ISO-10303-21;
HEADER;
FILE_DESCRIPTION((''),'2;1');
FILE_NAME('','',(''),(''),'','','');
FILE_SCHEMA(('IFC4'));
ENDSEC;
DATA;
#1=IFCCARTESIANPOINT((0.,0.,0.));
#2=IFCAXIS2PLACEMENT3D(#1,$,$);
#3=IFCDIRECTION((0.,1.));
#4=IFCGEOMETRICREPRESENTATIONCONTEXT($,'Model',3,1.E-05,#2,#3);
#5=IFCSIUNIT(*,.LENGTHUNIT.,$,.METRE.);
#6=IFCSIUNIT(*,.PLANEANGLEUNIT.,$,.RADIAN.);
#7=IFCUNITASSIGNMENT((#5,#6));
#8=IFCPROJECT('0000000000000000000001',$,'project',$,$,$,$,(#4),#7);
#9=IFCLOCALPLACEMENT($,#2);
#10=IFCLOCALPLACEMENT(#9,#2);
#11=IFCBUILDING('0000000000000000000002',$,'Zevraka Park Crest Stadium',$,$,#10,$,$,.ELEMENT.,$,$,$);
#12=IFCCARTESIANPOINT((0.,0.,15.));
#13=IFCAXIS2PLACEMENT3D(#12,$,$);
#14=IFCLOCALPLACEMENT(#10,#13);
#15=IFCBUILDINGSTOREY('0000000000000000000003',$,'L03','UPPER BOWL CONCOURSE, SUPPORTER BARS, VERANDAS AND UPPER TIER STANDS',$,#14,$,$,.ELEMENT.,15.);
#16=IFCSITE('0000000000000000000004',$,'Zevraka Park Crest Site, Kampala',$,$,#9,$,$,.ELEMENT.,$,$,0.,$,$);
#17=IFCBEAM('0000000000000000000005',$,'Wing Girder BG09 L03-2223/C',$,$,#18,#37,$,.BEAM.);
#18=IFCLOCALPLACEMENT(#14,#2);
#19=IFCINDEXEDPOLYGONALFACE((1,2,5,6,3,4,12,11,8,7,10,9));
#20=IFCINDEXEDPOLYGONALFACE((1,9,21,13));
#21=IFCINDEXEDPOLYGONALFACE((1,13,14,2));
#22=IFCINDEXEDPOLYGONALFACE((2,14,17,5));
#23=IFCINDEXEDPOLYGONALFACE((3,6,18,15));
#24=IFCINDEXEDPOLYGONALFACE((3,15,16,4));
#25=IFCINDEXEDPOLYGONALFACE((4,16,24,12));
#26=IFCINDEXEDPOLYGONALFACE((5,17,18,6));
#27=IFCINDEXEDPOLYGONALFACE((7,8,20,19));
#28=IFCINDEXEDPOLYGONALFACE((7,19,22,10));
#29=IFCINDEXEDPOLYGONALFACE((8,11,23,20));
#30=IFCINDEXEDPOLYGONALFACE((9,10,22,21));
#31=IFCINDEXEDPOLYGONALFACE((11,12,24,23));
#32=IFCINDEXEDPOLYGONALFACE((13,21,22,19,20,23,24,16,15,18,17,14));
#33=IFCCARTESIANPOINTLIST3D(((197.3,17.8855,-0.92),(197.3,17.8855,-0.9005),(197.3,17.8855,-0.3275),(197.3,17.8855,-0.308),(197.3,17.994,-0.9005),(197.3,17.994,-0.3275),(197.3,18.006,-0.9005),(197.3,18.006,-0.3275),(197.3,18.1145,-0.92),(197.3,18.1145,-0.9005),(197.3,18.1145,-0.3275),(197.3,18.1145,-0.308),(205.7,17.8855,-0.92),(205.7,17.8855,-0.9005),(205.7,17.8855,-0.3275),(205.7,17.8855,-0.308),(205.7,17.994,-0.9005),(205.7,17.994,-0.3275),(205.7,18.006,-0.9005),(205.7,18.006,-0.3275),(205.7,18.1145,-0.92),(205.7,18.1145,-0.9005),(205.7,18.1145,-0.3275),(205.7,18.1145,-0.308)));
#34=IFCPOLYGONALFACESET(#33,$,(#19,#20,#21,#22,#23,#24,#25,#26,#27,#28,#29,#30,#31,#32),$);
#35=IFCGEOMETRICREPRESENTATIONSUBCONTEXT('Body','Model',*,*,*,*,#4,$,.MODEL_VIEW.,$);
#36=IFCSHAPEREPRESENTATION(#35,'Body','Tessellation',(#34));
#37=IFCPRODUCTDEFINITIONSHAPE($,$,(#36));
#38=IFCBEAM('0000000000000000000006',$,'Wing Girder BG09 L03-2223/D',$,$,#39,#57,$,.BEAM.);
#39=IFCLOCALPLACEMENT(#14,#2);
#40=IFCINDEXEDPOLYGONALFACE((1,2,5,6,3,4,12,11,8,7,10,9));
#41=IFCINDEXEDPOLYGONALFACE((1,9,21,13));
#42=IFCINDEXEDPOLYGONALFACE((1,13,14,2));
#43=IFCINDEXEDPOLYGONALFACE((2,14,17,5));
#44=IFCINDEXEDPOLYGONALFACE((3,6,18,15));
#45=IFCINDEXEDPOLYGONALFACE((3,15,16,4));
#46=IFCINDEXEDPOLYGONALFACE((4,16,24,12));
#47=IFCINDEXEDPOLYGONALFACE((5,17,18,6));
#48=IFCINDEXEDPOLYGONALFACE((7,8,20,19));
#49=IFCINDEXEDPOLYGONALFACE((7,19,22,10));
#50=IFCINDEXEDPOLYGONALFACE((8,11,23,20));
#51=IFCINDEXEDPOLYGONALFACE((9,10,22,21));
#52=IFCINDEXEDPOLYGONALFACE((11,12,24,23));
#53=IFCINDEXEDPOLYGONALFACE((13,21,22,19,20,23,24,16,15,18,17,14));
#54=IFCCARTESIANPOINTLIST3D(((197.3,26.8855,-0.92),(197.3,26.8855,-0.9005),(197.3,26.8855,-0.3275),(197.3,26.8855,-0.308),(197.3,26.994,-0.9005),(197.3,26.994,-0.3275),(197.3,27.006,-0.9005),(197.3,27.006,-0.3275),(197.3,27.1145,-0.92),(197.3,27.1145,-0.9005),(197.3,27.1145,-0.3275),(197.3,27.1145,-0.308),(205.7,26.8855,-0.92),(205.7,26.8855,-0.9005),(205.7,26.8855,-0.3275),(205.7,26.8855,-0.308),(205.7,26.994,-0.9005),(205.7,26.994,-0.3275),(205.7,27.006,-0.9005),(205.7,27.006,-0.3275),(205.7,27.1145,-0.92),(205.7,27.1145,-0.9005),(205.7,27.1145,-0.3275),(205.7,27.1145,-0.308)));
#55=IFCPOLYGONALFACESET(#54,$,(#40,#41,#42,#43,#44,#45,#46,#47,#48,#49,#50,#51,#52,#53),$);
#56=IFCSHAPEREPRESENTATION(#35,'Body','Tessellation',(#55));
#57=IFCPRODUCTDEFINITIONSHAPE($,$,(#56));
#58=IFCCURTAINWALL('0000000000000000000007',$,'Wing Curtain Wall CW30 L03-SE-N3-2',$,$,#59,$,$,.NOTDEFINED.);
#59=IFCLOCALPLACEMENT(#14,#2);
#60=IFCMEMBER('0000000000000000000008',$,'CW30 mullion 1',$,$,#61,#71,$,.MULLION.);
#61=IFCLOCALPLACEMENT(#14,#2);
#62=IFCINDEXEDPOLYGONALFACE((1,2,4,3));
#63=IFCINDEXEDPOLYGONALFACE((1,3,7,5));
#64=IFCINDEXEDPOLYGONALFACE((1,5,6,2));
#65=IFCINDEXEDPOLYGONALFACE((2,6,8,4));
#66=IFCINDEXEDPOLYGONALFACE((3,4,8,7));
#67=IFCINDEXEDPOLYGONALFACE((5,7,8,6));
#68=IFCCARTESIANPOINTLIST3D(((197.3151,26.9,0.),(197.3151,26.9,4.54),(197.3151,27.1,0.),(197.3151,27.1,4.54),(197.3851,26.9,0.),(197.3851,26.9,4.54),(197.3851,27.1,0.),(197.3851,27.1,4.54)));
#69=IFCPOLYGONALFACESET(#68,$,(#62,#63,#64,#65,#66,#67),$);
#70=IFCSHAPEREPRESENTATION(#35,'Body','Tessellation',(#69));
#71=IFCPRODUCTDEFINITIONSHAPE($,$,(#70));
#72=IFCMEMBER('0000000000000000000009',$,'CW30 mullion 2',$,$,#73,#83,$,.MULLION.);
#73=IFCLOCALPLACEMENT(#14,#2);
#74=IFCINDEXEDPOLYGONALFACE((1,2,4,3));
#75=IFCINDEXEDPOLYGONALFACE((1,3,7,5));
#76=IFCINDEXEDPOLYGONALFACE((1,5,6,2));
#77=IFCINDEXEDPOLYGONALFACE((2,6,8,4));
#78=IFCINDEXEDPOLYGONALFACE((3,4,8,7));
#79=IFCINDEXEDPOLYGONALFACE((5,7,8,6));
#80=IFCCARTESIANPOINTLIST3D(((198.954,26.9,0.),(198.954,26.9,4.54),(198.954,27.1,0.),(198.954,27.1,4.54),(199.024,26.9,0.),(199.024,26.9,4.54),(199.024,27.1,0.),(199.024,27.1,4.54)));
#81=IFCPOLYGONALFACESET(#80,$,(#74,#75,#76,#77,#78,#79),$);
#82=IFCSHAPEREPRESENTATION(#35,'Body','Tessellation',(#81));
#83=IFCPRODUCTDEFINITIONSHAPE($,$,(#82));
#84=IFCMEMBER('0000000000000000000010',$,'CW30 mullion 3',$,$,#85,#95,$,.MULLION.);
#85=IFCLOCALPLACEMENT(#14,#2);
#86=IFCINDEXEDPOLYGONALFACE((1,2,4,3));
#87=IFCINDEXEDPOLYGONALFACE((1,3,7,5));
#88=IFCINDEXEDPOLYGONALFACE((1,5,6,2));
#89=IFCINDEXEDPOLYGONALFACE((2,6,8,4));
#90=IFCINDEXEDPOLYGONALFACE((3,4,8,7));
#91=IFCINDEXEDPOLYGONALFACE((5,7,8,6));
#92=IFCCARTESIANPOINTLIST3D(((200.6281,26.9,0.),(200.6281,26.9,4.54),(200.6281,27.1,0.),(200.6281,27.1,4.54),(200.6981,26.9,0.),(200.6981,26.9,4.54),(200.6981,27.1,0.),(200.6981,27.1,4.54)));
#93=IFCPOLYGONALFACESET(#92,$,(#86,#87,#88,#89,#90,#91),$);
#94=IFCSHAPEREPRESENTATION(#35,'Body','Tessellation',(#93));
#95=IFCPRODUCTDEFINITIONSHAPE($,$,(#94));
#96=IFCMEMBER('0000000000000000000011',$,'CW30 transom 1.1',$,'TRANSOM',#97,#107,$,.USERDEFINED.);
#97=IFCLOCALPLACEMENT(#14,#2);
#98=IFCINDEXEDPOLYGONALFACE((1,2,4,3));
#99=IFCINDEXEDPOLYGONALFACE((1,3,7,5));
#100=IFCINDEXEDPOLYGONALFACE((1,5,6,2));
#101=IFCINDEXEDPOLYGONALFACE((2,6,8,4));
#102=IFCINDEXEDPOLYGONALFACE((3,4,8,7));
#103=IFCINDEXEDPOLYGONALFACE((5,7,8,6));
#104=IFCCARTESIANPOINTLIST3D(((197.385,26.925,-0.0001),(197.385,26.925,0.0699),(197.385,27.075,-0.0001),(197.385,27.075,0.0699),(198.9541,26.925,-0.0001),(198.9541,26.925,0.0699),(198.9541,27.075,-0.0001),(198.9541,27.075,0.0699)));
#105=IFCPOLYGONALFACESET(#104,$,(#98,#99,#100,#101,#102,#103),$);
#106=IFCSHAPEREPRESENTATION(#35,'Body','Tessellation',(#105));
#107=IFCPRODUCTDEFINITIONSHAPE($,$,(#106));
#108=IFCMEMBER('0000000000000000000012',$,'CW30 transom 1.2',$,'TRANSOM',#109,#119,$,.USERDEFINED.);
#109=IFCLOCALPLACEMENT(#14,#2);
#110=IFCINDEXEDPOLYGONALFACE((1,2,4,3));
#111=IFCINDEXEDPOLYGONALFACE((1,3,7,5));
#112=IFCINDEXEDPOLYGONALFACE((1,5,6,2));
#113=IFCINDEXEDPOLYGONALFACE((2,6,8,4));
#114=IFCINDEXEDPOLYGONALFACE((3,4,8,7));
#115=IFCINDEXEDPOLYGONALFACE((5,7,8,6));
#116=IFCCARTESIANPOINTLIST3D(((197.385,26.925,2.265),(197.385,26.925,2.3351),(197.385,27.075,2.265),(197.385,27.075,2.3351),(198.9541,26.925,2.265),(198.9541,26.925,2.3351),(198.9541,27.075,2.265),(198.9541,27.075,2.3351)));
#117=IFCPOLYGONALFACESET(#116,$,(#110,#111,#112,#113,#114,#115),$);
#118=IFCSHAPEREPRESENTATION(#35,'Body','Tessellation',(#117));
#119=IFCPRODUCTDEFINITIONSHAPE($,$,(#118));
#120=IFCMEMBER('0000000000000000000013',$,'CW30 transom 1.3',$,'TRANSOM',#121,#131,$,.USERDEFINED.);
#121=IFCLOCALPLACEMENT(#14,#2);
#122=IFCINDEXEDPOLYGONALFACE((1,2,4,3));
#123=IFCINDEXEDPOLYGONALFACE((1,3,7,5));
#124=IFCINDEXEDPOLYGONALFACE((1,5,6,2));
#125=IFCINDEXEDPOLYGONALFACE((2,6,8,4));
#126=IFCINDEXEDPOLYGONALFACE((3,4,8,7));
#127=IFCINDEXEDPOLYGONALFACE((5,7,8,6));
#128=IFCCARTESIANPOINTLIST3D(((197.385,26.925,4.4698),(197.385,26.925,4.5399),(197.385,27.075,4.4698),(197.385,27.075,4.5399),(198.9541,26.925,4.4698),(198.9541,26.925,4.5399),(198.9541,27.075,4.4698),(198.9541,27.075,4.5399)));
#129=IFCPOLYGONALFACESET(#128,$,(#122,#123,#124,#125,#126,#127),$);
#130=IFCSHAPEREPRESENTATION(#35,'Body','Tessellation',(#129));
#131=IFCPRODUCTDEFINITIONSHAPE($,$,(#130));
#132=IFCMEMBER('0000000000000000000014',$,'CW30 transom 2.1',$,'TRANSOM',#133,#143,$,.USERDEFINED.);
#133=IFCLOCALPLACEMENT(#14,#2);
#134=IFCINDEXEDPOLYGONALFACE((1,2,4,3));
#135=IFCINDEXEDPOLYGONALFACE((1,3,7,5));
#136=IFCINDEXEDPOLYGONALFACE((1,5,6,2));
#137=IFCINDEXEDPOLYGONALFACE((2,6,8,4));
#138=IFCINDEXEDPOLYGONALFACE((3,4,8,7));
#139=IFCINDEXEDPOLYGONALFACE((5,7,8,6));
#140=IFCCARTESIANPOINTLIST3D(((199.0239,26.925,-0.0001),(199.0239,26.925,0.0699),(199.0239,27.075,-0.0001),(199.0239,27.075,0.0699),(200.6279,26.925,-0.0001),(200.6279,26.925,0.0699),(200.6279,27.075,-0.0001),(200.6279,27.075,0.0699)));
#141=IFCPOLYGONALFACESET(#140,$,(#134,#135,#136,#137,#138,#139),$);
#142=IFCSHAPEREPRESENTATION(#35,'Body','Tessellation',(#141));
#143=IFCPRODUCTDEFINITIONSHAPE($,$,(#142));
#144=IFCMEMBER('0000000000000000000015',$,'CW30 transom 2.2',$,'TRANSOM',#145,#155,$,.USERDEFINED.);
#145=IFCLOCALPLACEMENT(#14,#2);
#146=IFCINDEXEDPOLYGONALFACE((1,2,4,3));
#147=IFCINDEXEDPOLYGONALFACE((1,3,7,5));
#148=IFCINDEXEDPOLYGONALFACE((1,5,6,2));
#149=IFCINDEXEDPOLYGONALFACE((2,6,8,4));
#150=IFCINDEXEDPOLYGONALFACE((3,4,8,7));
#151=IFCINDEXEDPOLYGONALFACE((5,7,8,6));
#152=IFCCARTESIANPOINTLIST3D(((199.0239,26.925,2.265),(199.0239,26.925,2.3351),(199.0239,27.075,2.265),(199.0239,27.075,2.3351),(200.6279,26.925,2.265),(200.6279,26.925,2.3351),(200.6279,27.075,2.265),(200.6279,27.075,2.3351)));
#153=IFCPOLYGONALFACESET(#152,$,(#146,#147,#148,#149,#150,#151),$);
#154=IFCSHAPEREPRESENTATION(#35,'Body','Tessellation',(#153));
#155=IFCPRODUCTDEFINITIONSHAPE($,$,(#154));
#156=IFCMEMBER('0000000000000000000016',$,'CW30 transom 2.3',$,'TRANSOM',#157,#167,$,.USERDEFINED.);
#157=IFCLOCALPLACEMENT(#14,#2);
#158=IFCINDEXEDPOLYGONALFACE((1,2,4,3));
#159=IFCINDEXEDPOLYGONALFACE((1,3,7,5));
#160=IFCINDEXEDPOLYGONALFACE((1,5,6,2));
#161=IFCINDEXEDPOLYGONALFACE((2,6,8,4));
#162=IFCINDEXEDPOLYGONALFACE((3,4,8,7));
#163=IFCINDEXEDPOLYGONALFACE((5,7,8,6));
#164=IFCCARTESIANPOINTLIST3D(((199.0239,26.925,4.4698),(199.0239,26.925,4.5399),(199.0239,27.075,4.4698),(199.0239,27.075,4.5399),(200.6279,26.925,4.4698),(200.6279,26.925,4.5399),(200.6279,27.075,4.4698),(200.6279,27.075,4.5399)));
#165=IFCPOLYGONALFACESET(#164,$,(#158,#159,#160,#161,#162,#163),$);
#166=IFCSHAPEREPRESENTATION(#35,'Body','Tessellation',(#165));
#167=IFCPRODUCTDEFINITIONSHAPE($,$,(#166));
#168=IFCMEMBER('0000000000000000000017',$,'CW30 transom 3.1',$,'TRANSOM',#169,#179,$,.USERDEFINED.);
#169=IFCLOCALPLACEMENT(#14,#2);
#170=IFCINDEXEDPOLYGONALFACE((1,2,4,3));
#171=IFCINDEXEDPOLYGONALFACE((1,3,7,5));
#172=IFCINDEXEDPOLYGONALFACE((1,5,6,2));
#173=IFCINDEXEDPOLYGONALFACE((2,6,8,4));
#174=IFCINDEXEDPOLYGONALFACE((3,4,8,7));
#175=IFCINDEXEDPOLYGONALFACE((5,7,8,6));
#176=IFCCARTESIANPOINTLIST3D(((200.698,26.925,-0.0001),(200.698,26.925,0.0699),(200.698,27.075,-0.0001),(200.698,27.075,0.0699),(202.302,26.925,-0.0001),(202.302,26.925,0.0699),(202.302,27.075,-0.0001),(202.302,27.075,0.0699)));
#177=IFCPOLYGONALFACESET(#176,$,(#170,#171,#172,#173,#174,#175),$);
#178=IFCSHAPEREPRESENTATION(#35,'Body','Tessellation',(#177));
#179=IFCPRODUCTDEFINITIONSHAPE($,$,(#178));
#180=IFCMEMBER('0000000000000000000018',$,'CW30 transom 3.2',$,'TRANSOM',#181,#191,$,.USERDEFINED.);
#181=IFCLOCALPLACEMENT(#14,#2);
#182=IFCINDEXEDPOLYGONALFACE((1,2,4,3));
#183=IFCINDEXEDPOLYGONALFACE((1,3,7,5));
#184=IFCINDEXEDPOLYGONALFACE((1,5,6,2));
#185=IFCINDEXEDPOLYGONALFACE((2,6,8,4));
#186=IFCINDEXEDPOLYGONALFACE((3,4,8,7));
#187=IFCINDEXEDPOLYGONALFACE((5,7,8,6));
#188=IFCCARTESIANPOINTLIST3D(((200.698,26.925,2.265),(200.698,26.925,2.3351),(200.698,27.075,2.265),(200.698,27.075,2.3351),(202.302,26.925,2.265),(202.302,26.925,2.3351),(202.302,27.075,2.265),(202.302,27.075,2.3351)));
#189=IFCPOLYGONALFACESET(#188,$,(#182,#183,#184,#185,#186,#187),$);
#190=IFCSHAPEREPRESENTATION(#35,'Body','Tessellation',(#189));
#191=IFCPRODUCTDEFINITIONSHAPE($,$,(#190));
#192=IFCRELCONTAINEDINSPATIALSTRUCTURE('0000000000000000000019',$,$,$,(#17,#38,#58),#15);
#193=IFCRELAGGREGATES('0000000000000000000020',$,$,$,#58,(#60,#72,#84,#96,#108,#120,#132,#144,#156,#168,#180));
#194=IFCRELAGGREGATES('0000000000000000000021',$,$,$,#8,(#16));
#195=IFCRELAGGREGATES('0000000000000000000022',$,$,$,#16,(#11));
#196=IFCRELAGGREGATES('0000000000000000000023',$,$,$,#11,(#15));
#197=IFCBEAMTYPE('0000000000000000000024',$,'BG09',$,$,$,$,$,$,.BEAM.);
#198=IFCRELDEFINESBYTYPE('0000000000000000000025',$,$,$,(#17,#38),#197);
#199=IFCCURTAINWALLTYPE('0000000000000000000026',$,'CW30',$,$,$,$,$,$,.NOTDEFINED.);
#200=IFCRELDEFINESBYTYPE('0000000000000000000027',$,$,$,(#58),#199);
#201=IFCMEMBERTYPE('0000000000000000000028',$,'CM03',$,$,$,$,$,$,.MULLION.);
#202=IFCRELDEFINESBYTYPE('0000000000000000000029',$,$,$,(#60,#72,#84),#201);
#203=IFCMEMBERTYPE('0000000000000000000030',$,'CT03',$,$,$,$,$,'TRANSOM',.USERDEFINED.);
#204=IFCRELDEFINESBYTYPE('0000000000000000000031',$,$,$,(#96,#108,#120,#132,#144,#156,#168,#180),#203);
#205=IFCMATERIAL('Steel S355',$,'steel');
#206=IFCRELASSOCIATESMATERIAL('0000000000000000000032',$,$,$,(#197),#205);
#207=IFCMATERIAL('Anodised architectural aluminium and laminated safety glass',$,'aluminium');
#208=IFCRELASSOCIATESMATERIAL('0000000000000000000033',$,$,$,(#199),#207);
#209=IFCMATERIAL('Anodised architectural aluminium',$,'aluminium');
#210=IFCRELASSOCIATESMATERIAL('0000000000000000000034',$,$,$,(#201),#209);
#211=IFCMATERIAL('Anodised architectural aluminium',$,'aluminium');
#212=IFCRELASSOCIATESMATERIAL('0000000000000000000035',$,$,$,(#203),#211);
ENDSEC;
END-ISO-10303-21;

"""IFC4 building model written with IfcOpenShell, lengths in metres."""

from ifc_helpers import new_model, si_unit, direction, frame, origin, origin_2d, place, context, subcontext, project, spatial, rectangle, i_section, extrude, material, material_profile, profile_set, type_object, element, aggregate, save


model = new_model("IFC4")

# Units and contexts
model_context = context("Model", 3, precision=1e-05, world=origin(), true_north=direction((0.0, 1.0)))
body_context = subcontext(model_context, "Body", "Model", "MODEL_VIEW")
ifc_project = project(units=[si_unit("LENGTHUNIT", "METRE"), si_unit("PLANEANGLEUNIT", "RADIAN")], contexts=[model_context])

# Site, building, storey
site_placement = place(None, origin())
site = spatial("IfcSite", under=ifc_project, at=site_placement, Name="Zevraka Park Crest Site, Kampala", CompositionType="ELEMENT", RefElevation=0.0)
building_placement = place(site_placement, origin())
building = spatial("IfcBuilding", under=site, at=building_placement, Name="Zevraka Park Crest Stadium", CompositionType="ELEMENT")
storey_placement = place(building_placement, frame((0.0, 0.0, 15.0)))
storey = spatial("IfcBuildingStorey", under=building, at=storey_placement, Name="L03", Description="UPPER BOWL CONCOURSE, SUPPORTER BARS, VERANDAS AND UPPER TIER STANDS", CompositionType="ELEMENT", Elevation=15.0)

# Beams
ifc_material_1 = material(Name="Steel S355", Category="steel")
ifc_material_profile_1 = material_profile(ifc_material_1, i_section(OverallWidth=0.229, OverallDepth=0.6121, WebThickness=0.012, FlangeThickness=0.0195, at=origin_2d()), Name="UKB 610x229x125")
ifc_profile_set_1 = profile_set([ifc_material_profile_1], Name="Steel S355")
beam_type_1 = type_object("IfcBeamType", Name="BG09", PredefinedType="BEAM", material=ifc_profile_set_1)
for number, where, z_axis, x_axis, name in (
    (1, (197.3, 18.0, -0.614), (1.0, 0.0, 0.0), (0.0, 1.0, 0.0), "Wing Girder BG09 L03-2223/C"),
    (2, (197.3, 27.0, -0.614), (1.0, 0.0, 0.0), (0.0, 1.0, 0.0), "Wing Girder BG09 L03-2223/D"),
):
    element("IfcBeam", number, at=place(storey_placement, frame(where, z_axis=z_axis, x_axis=x_axis)), inside=storey, type_object=beam_type_1, Name=name, PredefinedType="BEAM", context=body_context, shape_type="SweptSolid", body=[
        extrude(i_section(OverallWidth=0.229, OverallDepth=0.6121, WebThickness=0.012, FlangeThickness=0.0195, at=origin_2d()), origin(), (0.0, 0.0, 1.0), 8.3999),
    ])

# Curtain wall, members
ifc_material_2 = material(Name="Anodised architectural aluminium and laminated safety glass", Category="aluminium")
curtain_wall_type = type_object("IfcCurtainWallType", Name="CW30", PredefinedType="NOTDEFINED", material=ifc_material_2)
curtain_wall_placement = place(storey_placement, origin())
curtain_wall = element("IfcCurtainWall", 3, at=curtain_wall_placement, inside=storey, type_object=curtain_wall_type, Name="Wing Curtain Wall CW30 L03-SE-N3-2", PredefinedType="NOTDEFINED")
ifc_material_3 = material(Name="Anodised architectural aluminium", Category="aluminium")
ifc_material_profile_2 = material_profile(ifc_material_3, rectangle(XDim=0.2, YDim=0.0701, at=origin_2d()), Name="ALU MULLION 200x70")
ifc_profile_set_2 = profile_set([ifc_material_profile_2], Name="Anodised architectural aluminium")
member_type_1 = type_object("IfcMemberType", Name="CM03", PredefinedType="MULLION", material=ifc_profile_set_2)
member_1_placement = place(storey_placement, frame((197.3501, 27.0, 0.0), z_axis=(0.0, 0.0, 1.0), x_axis=(0.0, 1.0, 0.0)))
member_1 = element("IfcMember", 4, at=member_1_placement, type_object=member_type_1, Name="CW30 mullion 1", PredefinedType="MULLION", context=body_context, shape_type="SweptSolid", body=[
    extrude(rectangle(XDim=0.2, YDim=0.0701, at=origin_2d()), origin(), (0.0, 0.0, 1.0), 4.54),
])
member_2_placement = place(storey_placement, frame((198.989, 27.0, 0.0), z_axis=(0.0, 0.0, 1.0), x_axis=(0.0, 1.0, 0.0)))
member_2 = element("IfcMember", 5, at=member_2_placement, type_object=member_type_1, Name="CW30 mullion 2", PredefinedType="MULLION", context=body_context, shape_type="SweptSolid", body=[
    extrude(rectangle(XDim=0.2, YDim=0.0701, at=origin_2d()), origin(), (0.0, 0.0, 1.0), 4.54),
])
member_3_placement = place(storey_placement, frame((200.6631, 27.0, 0.0), z_axis=(0.0, 0.0, 1.0), x_axis=(0.0, 1.0, 0.0)))
member_3 = element("IfcMember", 6, at=member_3_placement, type_object=member_type_1, Name="CW30 mullion 3", PredefinedType="MULLION", context=body_context, shape_type="SweptSolid", body=[
    extrude(rectangle(XDim=0.2, YDim=0.0701, at=origin_2d()), origin(), (0.0, 0.0, 1.0), 4.54),
])
ifc_material_4 = material(Name="Anodised architectural aluminium", Category="aluminium")
ifc_material_profile_3 = material_profile(ifc_material_4, rectangle(XDim=0.1499, YDim=0.0701, at=origin_2d()), Name="ALU TRANSOM 150x70")
ifc_profile_set_3 = profile_set([ifc_material_profile_3], Name="Anodised architectural aluminium")
member_type_2 = type_object("IfcMemberType", Name="CT03", ElementType="TRANSOM", PredefinedType="USERDEFINED", material=ifc_profile_set_3)
member_4_placement = place(storey_placement, frame((197.385, 27.0, 0.0349), z_axis=(1.0, 0.0, 0.0), x_axis=(0.0, 1.0, 0.0)))
member_4 = element("IfcMember", 7, at=member_4_placement, type_object=member_type_2, Name="CW30 transom 1.1", ObjectType="TRANSOM", PredefinedType="USERDEFINED", context=body_context, shape_type="SweptSolid", body=[
    extrude(rectangle(XDim=0.1499, YDim=0.0701, at=origin_2d()), origin(), (0.0, 0.0, 1.0), 1.5691),
])
member_5_placement = place(storey_placement, frame((197.385, 27.0, 2.3), z_axis=(1.0, 0.0, 0.0), x_axis=(0.0, 1.0, 0.0)))
member_5 = element("IfcMember", 8, at=member_5_placement, type_object=member_type_2, Name="CW30 transom 1.2", ObjectType="TRANSOM", PredefinedType="USERDEFINED", context=body_context, shape_type="SweptSolid", body=[
    extrude(rectangle(XDim=0.1499, YDim=0.0701, at=origin_2d()), origin(), (0.0, 0.0, 1.0), 1.5691),
])
member_6_placement = place(storey_placement, frame((197.385, 27.0, 4.5049), z_axis=(1.0, 0.0, 0.0), x_axis=(0.0, 1.0, 0.0)))
member_6 = element("IfcMember", 9, at=member_6_placement, type_object=member_type_2, Name="CW30 transom 1.3", ObjectType="TRANSOM", PredefinedType="USERDEFINED", context=body_context, shape_type="SweptSolid", body=[
    extrude(rectangle(XDim=0.1499, YDim=0.0701, at=origin_2d()), origin(), (0.0, 0.0, 1.0), 1.5691),
])
member_7_placement = place(storey_placement, frame((199.0239, 27.0, 0.0349), z_axis=(1.0, 0.0, 0.0), x_axis=(0.0, 1.0, 0.0)))
member_7 = element("IfcMember", 10, at=member_7_placement, type_object=member_type_2, Name="CW30 transom 2.1", ObjectType="TRANSOM", PredefinedType="USERDEFINED", context=body_context, shape_type="SweptSolid", body=[
    extrude(rectangle(XDim=0.1499, YDim=0.0701, at=origin_2d()), origin(), (0.0, 0.0, 1.0), 1.604),
])
member_8_placement = place(storey_placement, frame((199.0239, 27.0, 2.3), z_axis=(1.0, 0.0, 0.0), x_axis=(0.0, 1.0, 0.0)))
member_8 = element("IfcMember", 11, at=member_8_placement, type_object=member_type_2, Name="CW30 transom 2.2", ObjectType="TRANSOM", PredefinedType="USERDEFINED", context=body_context, shape_type="SweptSolid", body=[
    extrude(rectangle(XDim=0.1499, YDim=0.0701, at=origin_2d()), origin(), (0.0, 0.0, 1.0), 1.604),
])
member_9_placement = place(storey_placement, frame((199.0239, 27.0, 4.5049), z_axis=(1.0, 0.0, 0.0), x_axis=(0.0, 1.0, 0.0)))
member_9 = element("IfcMember", 12, at=member_9_placement, type_object=member_type_2, Name="CW30 transom 2.3", ObjectType="TRANSOM", PredefinedType="USERDEFINED", context=body_context, shape_type="SweptSolid", body=[
    extrude(rectangle(XDim=0.1499, YDim=0.0701, at=origin_2d()), origin(), (0.0, 0.0, 1.0), 1.604),
])
member_10_placement = place(storey_placement, frame((200.698, 27.0, 0.0349), z_axis=(1.0, 0.0, 0.0), x_axis=(0.0, 1.0, 0.0)))
member_10 = element("IfcMember", 13, at=member_10_placement, type_object=member_type_2, Name="CW30 transom 3.1", ObjectType="TRANSOM", PredefinedType="USERDEFINED", context=body_context, shape_type="SweptSolid", body=[
    extrude(rectangle(XDim=0.1499, YDim=0.0701, at=origin_2d()), origin(), (0.0, 0.0, 1.0), 1.604),
])
member_11_placement = place(storey_placement, frame((200.698, 27.0, 2.3), z_axis=(1.0, 0.0, 0.0), x_axis=(0.0, 1.0, 0.0)))
member_11 = element("IfcMember", 14, at=member_11_placement, type_object=member_type_2, Name="CW30 transom 3.2", ObjectType="TRANSOM", PredefinedType="USERDEFINED", context=body_context, shape_type="SweptSolid", body=[
    extrude(rectangle(XDim=0.1499, YDim=0.0701, at=origin_2d()), origin(), (0.0, 0.0, 1.0), 1.604),
])

aggregate(curtain_wall, [member_1, member_2, member_3, member_4, member_5, member_6, member_7, member_8, member_9, member_10, member_11])

save(model, "model.ifc")
